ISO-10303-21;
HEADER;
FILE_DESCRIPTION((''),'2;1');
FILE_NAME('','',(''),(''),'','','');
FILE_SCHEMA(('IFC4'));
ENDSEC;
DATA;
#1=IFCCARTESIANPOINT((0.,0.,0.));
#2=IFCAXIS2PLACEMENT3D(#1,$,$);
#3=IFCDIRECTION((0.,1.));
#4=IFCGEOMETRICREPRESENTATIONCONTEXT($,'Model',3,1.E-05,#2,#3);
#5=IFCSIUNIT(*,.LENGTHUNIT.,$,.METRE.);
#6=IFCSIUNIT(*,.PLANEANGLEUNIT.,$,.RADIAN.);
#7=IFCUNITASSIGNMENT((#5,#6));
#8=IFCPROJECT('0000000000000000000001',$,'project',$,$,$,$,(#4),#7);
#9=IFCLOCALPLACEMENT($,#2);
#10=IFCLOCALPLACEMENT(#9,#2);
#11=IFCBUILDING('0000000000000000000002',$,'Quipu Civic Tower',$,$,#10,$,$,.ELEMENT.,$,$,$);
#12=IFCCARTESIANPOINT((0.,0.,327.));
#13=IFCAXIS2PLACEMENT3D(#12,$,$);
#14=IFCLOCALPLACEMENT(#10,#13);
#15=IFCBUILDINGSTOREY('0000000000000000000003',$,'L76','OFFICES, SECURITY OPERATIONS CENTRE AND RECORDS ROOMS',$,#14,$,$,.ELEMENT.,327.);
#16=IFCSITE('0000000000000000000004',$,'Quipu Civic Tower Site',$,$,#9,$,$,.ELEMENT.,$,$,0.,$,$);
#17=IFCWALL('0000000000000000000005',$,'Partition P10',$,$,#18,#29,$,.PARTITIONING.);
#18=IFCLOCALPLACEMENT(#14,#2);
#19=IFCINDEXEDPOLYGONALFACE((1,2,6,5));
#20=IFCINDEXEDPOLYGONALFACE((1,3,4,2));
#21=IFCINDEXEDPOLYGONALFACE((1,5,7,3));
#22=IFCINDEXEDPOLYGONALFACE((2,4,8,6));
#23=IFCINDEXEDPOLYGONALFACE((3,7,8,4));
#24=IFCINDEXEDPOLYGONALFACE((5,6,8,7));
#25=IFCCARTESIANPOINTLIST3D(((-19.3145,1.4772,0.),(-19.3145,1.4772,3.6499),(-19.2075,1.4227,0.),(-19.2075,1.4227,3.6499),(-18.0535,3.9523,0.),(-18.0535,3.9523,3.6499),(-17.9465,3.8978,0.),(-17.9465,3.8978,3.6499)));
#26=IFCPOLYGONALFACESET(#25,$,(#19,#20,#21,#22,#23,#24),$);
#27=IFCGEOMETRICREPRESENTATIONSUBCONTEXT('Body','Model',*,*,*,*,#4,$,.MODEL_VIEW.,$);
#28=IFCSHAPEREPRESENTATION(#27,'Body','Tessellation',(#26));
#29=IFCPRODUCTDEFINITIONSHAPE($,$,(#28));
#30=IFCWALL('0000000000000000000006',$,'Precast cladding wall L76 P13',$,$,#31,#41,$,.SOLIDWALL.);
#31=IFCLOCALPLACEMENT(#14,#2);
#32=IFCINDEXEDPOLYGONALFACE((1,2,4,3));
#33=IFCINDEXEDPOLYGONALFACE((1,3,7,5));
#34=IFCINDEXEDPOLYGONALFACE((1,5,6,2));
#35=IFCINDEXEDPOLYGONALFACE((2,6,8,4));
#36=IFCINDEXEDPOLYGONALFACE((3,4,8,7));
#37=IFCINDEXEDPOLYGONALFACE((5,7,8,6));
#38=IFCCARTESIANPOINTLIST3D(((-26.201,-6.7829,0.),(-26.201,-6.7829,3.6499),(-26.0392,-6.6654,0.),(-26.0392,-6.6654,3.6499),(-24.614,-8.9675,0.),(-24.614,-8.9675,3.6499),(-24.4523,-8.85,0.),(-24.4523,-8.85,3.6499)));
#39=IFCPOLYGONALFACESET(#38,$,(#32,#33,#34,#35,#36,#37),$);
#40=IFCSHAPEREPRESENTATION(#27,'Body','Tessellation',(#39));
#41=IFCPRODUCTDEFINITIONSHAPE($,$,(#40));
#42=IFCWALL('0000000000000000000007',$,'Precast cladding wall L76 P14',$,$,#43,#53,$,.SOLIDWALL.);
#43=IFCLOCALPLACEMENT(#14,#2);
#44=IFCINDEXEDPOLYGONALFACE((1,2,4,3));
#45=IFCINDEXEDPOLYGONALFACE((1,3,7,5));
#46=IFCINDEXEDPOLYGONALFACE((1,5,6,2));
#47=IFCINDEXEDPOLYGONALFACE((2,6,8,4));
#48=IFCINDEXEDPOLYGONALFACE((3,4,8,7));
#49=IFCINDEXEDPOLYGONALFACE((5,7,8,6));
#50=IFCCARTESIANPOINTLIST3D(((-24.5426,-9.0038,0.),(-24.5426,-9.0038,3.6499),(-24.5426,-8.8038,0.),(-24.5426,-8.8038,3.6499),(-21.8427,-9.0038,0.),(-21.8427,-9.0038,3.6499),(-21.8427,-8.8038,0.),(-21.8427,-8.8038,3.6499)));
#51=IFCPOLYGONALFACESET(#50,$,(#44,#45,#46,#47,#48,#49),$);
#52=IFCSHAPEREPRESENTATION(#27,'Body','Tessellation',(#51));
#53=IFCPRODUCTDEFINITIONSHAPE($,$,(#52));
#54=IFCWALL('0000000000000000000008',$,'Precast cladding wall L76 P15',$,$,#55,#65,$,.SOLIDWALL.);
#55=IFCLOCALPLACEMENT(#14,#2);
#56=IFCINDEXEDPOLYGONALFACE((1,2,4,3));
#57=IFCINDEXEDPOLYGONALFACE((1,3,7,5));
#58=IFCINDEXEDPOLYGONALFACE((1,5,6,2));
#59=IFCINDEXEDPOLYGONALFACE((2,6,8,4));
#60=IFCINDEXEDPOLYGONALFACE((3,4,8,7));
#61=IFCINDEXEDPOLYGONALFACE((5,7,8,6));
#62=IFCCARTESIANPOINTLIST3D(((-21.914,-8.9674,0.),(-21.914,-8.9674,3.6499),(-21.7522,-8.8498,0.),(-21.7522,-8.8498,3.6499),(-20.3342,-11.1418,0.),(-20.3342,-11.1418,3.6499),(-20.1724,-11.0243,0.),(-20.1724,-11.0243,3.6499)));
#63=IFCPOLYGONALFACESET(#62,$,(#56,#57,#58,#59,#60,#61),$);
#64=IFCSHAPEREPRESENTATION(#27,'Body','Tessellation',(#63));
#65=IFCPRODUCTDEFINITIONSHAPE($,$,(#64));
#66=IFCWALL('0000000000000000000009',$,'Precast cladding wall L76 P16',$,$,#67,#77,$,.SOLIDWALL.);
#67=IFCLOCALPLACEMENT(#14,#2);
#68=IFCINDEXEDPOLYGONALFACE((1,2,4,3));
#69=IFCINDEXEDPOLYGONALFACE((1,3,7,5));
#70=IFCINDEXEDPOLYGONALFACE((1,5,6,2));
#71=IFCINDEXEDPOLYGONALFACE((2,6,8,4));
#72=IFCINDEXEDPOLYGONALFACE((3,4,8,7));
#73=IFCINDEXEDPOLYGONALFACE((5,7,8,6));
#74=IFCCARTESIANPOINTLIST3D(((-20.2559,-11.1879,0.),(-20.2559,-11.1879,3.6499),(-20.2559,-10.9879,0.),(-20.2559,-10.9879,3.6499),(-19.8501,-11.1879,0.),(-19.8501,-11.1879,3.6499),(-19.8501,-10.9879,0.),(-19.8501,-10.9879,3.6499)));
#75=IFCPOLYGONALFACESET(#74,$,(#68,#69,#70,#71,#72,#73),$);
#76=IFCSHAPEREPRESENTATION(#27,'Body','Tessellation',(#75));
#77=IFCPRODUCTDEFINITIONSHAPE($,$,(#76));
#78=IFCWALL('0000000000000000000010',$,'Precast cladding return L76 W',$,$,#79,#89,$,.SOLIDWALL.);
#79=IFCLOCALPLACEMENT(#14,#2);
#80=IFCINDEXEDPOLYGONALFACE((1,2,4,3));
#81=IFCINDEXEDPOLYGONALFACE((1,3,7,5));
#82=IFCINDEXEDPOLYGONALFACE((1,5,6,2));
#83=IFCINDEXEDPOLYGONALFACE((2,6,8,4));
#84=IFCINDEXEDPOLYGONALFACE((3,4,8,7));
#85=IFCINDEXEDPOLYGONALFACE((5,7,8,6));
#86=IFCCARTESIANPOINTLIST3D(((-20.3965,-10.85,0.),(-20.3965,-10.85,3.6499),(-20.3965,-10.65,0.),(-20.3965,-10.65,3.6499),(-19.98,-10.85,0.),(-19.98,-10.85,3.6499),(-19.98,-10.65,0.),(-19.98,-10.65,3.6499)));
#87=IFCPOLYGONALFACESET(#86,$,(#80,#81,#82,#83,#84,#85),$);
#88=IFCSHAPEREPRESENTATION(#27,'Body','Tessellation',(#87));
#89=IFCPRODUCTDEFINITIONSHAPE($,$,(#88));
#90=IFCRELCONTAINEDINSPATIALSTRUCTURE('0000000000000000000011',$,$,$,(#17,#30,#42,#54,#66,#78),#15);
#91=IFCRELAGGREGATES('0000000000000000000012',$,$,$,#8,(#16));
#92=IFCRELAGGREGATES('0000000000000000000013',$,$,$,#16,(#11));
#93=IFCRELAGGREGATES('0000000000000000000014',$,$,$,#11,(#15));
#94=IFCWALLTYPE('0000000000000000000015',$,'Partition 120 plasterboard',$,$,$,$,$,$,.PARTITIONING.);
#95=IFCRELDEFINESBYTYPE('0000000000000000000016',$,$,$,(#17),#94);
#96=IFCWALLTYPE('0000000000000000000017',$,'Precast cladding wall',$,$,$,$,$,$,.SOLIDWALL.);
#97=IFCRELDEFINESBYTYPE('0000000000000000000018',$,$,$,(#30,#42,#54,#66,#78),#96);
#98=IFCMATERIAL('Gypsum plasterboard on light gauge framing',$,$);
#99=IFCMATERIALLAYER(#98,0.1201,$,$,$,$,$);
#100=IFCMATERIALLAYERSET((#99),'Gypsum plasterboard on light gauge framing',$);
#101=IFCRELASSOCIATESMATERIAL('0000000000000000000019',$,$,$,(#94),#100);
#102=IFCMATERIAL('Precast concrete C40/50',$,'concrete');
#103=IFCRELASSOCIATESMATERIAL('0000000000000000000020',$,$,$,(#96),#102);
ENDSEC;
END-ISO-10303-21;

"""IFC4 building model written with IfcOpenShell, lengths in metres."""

from ifc_helpers import new_model, si_unit, direction, frame, frame_2d, origin, place, context, subcontext, project, spatial, rectangle, extrude, material, layer, layer_set, type_object, element, save


model = new_model("IFC4")

# Units and contexts
model_context = context("Model", 3, precision=1e-05, world=origin(), true_north=direction((0.0, 1.0)))
body_context = subcontext(model_context, "Body", "Model", "MODEL_VIEW")
ifc_project = project(units=[si_unit("LENGTHUNIT", "METRE"), si_unit("PLANEANGLEUNIT", "RADIAN")], contexts=[model_context])

# Site, building, storey
site_placement = place(None, origin())
site = spatial("IfcSite", under=ifc_project, at=site_placement, Name="Quipu Civic Tower Site", CompositionType="ELEMENT", RefElevation=0.0)
building_placement = place(site_placement, origin())
building = spatial("IfcBuilding", under=site, at=building_placement, Name="Quipu Civic Tower", CompositionType="ELEMENT")
storey_placement = place(building_placement, frame((0.0, 0.0, 327.0)))
storey = spatial("IfcBuildingStorey", under=building, at=storey_placement, Name="L76", Description="OFFICES, SECURITY OPERATIONS CENTRE AND RECORDS ROOMS", CompositionType="ELEMENT", Elevation=327.0)

# Walls
ifc_material_1 = material(Name="Gypsum plasterboard on light gauge framing")
ifc_layer_1 = layer(ifc_material_1, 0.1201)
ifc_layer_set_1 = layer_set([ifc_layer_1], Name="Gypsum plasterboard on light gauge framing")
wall_type_1 = type_object("IfcWallType", Name="Partition 120 plasterboard", PredefinedType="PARTITIONING", material=ifc_layer_set_1)
wall_1_placement = place(storey_placement, frame((-19.261, 1.45, 0.0), z_axis=(0.0, 0.0, 1.0), x_axis=(0.453951, 0.891027, 0.0)))
element("IfcWall", 1, at=wall_1_placement, inside=storey, type_object=wall_type_1, Name="Partition P10", PredefinedType="PARTITIONING", context=body_context, shape_type="SweptSolid", body=[
    extrude(rectangle(XDim=2.7778, YDim=0.1201, at=frame_2d((1.3889, 0.0))), origin(), (0.0, 0.0, 1.0), 3.6499),
])
ifc_material_2 = material(Name="Precast concrete C40/50", Category="concrete")
wall_type_2 = type_object("IfcWallType", Name="Precast cladding wall", PredefinedType="SOLIDWALL", material=ifc_material_2)
wall_2_placement = place(storey_placement, frame((-26.1201, -6.7241, 0.0), z_axis=(0.0, 0.0, 1.0), x_axis=(0.58772, -0.809064, 0.0)))
element("IfcWall", 2, at=wall_2_placement, inside=storey, type_object=wall_type_2, Name="Precast cladding wall L76 P13", PredefinedType="SOLIDWALL", context=body_context, shape_type="SweptSolid", body=[
    extrude(rectangle(XDim=2.7002, YDim=0.2, at=frame_2d((1.3501, 0.0))), origin(), (0.0, 0.0, 1.0), 3.6499),
])
wall_3_placement = place(storey_placement, frame((-24.5427, -8.9038, 0.0), z_axis=(0.0, 0.0, 1.0), x_axis=(1.0, 0.0, 0.0)))
element("IfcWall", 3, at=wall_3_placement, inside=storey, type_object=wall_type_2, Name="Precast cladding wall L76 P14", PredefinedType="SOLIDWALL", context=body_context, shape_type="SweptSolid", body=[
    extrude(rectangle(XDim=2.7, YDim=0.2, at=frame_2d((1.3501, 0.0))), origin(), (0.0, 0.0, 1.0), 3.6499),
])
wall_4_placement = place(storey_placement, frame((-21.833, -8.9087, 0.0), z_axis=(0.0, 0.0, 1.0), x_axis=(0.587767, -0.809031, 0.0)))
element("IfcWall", 4, at=wall_4_placement, inside=storey, type_object=wall_type_2, Name="Precast cladding wall L76 P15", PredefinedType="SOLIDWALL", context=body_context, shape_type="SweptSolid", body=[
    extrude(rectangle(XDim=2.6877, YDim=0.2, at=frame_2d((1.3438, 0.0))), origin(), (0.0, 0.0, 1.0), 3.6499),
])
wall_5_placement = place(storey_placement, frame((-20.2559, -11.0879, 0.0), z_axis=(0.0, 0.0, 1.0), x_axis=(1.0, 0.0, 0.0)))
element("IfcWall", 5, at=wall_5_placement, inside=storey, type_object=wall_type_2, Name="Precast cladding wall L76 P16", PredefinedType="SOLIDWALL", context=body_context, shape_type="SweptSolid", body=[
    extrude(rectangle(XDim=0.4058, YDim=0.2, at=frame_2d((0.2029, 0.0))), origin(), (0.0, 0.0, 1.0), 3.6499),
])
wall_6_placement = place(storey_placement, frame((-19.98, -10.75, 0.0), z_axis=(0.0, 0.0, 1.0), x_axis=(-1.0, 0.0, 0.0)))
element("IfcWall", 6, at=wall_6_placement, inside=storey, type_object=wall_type_2, Name="Precast cladding return L76 W", PredefinedType="SOLIDWALL", context=body_context, shape_type="SweptSolid", body=[
    extrude(rectangle(XDim=0.4165, YDim=0.2, at=frame_2d((0.2083, 0.0))), origin(), (0.0, 0.0, 1.0), 3.6499),
])

save(model, "model.ifc")
